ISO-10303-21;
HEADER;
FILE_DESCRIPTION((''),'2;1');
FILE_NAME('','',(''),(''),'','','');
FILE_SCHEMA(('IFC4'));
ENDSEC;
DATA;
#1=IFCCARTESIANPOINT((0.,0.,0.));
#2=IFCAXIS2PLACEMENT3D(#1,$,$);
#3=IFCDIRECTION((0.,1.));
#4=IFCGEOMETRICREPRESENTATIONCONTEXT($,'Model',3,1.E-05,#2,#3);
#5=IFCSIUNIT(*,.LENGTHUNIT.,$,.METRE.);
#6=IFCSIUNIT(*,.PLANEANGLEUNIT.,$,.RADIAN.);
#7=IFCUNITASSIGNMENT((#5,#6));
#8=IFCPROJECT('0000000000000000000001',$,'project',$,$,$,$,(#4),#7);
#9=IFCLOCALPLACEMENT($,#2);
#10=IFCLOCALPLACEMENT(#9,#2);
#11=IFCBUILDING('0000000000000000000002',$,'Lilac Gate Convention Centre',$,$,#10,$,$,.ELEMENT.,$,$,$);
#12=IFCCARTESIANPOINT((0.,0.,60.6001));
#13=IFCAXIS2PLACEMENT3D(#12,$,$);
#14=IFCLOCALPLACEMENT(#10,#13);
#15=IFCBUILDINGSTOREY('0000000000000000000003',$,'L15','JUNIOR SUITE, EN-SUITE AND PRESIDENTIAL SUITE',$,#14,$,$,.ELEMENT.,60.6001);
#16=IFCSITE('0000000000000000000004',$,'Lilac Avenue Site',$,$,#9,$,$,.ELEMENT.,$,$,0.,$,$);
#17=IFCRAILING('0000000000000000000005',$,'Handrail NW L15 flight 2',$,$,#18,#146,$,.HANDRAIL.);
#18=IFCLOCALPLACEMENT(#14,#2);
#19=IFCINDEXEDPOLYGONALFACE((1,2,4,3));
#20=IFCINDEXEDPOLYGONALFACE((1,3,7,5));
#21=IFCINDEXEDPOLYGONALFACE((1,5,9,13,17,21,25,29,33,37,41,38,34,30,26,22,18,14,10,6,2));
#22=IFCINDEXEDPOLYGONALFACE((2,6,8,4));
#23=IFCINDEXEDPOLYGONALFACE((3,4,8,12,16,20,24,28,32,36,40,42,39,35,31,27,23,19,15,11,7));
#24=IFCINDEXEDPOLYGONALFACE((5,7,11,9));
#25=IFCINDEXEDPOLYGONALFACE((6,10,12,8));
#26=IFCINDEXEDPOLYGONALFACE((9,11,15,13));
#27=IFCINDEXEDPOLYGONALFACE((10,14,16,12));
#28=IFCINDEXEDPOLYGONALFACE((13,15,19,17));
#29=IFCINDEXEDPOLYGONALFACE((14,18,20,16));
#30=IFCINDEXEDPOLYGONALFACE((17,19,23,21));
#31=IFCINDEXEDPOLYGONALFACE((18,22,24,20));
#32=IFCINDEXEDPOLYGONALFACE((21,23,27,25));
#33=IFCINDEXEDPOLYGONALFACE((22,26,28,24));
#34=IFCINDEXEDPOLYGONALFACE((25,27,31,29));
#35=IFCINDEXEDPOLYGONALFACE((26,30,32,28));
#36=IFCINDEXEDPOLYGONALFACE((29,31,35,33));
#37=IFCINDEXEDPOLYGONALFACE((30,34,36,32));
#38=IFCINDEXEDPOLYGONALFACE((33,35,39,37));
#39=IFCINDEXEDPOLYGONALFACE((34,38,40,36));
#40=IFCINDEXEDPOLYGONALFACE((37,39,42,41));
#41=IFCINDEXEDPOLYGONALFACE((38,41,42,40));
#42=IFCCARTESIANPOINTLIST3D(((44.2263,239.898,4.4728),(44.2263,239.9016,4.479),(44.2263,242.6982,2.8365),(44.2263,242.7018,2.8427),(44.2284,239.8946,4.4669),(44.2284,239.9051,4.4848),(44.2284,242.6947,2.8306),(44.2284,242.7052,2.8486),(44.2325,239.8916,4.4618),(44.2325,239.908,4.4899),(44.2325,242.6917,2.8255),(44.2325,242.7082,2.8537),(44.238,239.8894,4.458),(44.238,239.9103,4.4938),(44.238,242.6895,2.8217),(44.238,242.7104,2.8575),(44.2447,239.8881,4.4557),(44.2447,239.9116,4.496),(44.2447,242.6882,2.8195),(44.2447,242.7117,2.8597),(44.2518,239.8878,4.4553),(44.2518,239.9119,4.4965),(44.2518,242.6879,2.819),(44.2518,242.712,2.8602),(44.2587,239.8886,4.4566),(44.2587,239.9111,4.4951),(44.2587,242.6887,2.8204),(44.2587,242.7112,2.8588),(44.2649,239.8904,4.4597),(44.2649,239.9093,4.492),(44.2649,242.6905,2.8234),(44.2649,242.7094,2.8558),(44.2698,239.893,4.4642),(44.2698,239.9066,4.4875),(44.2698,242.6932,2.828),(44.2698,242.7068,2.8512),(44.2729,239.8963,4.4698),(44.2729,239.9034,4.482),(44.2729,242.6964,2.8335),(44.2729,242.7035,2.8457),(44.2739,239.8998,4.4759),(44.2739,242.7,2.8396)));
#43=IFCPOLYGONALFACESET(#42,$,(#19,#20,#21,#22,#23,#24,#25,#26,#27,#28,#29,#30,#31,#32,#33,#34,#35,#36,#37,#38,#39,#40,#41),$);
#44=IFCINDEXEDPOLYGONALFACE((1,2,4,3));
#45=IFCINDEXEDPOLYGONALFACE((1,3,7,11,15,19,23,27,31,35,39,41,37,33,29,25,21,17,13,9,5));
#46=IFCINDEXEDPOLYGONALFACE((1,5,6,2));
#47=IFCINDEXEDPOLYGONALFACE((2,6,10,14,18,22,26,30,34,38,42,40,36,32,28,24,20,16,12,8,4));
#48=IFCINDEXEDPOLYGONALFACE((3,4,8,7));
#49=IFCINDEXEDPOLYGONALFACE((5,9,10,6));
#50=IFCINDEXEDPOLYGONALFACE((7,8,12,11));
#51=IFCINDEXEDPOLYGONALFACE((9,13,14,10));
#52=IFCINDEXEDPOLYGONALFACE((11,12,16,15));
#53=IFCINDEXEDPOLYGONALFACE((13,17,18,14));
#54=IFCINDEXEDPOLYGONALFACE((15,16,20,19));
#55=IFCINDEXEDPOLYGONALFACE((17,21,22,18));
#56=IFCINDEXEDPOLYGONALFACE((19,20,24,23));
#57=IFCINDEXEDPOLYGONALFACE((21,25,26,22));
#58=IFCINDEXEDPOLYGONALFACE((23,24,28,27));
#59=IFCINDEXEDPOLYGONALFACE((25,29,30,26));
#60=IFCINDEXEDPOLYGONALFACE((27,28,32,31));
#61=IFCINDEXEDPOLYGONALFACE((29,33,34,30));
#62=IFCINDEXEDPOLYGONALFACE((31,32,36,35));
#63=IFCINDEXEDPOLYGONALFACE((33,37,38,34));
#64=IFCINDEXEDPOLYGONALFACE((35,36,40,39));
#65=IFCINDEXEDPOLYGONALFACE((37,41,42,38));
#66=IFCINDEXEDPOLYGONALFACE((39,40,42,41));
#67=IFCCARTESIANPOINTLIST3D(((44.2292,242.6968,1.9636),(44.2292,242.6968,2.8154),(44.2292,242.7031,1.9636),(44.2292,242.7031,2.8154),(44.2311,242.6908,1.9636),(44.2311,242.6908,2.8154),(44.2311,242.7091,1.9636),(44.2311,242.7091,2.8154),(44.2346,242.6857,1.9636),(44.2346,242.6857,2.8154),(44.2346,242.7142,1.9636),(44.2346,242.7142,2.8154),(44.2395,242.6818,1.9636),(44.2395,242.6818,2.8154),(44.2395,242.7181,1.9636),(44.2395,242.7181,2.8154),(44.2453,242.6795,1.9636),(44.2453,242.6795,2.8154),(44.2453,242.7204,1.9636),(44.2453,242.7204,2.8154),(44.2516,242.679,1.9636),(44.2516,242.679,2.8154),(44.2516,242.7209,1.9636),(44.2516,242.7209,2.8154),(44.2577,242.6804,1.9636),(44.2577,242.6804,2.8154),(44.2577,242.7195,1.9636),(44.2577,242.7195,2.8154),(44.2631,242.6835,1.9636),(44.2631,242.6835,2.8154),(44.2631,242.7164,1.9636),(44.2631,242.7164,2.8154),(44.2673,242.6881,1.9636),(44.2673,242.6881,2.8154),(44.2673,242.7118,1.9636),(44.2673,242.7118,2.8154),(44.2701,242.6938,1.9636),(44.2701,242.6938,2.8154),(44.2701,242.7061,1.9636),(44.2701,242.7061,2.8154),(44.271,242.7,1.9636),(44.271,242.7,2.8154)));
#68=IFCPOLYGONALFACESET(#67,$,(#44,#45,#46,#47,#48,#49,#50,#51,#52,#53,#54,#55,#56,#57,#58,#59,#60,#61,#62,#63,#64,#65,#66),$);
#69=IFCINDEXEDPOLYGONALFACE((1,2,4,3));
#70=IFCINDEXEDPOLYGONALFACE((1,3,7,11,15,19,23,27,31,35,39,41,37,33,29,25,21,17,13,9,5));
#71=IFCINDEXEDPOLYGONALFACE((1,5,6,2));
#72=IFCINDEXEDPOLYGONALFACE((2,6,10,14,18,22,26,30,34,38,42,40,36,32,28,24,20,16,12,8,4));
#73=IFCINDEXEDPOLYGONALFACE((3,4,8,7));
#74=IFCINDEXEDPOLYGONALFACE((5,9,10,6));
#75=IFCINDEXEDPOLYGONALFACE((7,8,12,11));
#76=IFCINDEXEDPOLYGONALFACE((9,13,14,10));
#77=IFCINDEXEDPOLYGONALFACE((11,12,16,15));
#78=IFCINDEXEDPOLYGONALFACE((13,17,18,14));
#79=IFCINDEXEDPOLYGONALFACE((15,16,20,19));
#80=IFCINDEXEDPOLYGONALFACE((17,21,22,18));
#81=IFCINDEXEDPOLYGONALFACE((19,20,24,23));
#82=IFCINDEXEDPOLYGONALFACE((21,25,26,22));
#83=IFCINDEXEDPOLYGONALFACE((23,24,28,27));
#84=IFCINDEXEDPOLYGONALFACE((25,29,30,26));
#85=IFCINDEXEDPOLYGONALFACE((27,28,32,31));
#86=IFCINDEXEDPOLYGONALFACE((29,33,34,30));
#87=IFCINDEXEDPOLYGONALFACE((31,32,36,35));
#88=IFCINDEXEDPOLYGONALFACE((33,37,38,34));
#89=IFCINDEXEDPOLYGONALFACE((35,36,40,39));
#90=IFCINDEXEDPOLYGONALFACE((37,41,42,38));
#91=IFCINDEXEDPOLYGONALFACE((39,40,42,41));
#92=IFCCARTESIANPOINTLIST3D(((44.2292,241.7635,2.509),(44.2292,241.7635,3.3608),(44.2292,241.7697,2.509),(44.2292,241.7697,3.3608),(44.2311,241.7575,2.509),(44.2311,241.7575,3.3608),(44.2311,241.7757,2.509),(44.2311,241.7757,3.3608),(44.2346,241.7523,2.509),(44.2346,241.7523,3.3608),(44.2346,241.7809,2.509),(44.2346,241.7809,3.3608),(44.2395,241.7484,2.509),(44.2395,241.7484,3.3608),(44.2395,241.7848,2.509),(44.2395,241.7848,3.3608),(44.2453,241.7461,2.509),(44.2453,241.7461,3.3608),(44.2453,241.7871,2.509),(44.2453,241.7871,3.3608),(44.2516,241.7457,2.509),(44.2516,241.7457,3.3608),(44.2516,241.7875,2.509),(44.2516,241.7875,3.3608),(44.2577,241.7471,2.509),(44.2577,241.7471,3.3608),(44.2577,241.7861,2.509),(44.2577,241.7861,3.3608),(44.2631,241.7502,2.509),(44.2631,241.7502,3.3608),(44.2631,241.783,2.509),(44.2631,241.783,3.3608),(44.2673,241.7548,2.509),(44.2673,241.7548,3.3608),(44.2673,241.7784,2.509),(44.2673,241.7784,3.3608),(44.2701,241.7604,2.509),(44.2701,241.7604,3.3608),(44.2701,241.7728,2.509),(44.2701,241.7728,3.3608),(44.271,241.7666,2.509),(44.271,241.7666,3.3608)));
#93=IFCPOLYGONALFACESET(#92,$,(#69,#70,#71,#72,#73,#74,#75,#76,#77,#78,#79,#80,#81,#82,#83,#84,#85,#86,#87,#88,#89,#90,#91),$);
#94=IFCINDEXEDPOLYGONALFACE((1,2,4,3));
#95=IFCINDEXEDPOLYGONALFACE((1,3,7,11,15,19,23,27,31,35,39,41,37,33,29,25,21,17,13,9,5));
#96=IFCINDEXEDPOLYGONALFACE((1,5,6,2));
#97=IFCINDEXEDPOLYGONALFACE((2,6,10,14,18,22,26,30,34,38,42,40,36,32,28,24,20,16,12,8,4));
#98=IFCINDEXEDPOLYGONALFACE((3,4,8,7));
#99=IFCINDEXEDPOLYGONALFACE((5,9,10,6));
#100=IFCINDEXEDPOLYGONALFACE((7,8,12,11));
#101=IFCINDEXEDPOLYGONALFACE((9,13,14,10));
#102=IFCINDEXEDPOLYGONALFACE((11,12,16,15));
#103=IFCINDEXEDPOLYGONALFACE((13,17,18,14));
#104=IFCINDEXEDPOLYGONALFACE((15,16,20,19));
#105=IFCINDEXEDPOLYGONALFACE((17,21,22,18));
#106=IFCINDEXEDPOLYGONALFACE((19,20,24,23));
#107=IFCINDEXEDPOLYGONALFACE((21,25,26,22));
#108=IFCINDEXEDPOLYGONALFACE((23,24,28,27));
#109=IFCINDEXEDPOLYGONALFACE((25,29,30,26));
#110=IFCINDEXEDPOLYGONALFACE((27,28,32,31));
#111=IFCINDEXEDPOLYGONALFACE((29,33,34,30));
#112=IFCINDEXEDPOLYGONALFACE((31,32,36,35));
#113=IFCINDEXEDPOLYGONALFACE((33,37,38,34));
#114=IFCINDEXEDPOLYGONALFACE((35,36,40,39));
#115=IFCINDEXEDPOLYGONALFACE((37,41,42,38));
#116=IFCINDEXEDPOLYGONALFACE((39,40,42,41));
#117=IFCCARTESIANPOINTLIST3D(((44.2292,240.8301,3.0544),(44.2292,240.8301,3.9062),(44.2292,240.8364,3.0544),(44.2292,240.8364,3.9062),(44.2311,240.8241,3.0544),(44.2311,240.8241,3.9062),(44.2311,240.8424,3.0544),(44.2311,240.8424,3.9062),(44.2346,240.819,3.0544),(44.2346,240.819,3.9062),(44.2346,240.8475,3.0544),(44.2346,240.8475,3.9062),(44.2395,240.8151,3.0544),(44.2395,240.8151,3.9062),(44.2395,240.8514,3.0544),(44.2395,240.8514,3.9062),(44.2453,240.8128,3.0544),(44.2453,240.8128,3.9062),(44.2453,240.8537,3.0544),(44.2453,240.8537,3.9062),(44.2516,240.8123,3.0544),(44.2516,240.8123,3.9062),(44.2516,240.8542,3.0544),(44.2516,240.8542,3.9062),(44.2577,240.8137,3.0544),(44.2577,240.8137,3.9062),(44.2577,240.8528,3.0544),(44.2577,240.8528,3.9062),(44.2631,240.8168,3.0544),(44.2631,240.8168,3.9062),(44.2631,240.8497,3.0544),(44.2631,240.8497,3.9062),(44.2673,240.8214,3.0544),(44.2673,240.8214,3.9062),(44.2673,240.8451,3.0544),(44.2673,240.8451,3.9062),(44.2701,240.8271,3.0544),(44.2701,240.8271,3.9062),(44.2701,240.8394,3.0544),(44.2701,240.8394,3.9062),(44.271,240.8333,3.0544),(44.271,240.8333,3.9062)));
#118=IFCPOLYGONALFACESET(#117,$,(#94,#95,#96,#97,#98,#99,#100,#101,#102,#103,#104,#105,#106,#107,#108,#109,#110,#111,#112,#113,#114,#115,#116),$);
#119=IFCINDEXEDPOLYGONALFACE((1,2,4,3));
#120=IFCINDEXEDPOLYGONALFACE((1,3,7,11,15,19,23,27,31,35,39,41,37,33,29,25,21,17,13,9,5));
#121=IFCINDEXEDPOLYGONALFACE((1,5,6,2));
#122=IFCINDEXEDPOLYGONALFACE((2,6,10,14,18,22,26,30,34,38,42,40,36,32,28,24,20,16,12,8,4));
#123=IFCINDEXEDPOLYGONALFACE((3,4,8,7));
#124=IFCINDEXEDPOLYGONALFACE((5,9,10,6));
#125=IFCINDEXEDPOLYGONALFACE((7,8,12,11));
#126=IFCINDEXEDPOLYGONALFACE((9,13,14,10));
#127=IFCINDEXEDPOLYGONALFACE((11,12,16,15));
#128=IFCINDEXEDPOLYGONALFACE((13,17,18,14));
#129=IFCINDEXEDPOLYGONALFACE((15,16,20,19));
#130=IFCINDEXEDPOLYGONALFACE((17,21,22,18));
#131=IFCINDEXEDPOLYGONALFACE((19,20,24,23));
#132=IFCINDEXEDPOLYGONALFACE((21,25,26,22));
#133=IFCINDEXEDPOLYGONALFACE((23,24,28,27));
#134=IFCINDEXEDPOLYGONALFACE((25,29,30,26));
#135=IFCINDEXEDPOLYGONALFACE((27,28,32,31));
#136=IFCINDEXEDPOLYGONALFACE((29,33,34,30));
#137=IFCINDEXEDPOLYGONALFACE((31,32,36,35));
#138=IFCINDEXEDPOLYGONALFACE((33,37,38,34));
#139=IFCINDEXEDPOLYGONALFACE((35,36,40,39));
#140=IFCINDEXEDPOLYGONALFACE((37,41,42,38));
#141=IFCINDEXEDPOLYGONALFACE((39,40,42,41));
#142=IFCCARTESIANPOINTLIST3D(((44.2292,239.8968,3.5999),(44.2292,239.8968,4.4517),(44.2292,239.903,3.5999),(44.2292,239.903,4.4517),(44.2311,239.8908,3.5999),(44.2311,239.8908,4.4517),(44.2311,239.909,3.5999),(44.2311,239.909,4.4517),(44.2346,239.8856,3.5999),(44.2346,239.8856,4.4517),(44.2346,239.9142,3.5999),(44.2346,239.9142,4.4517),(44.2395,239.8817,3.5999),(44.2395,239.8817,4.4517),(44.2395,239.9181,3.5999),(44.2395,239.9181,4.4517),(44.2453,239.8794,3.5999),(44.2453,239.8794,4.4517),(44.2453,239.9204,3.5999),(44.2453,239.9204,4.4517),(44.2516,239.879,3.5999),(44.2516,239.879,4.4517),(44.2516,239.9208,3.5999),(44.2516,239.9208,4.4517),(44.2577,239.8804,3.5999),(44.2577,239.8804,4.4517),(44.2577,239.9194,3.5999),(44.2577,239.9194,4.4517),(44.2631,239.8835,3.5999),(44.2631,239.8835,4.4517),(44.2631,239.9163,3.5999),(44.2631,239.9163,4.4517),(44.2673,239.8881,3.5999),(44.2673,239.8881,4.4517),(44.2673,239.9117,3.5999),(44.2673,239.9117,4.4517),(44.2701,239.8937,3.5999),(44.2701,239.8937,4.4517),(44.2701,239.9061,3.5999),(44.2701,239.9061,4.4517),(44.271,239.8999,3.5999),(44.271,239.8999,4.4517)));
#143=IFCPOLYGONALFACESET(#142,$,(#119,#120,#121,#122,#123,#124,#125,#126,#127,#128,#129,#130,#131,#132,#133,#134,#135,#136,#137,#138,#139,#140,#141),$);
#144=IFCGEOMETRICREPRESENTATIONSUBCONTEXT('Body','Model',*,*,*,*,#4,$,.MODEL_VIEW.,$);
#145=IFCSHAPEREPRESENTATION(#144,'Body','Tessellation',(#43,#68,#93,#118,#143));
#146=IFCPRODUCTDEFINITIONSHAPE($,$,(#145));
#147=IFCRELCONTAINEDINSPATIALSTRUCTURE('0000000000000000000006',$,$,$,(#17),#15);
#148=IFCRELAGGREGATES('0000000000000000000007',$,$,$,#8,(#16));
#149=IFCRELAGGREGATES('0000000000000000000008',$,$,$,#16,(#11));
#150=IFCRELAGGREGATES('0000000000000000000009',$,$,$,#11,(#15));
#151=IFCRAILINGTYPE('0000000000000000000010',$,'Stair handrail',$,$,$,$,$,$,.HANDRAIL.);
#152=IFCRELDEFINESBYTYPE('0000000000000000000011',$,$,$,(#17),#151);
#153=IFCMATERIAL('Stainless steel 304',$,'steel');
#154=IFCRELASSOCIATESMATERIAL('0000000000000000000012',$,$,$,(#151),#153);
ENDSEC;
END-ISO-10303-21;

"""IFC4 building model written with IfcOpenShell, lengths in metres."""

from ifc_helpers import new_model, si_unit, direction, frame, origin, origin_2d, place, context, subcontext, project, spatial, circle, extrude, material, type_object, element, save


model = new_model("IFC4")

# Units and contexts
model_context = context("Model", 3, precision=1e-05, world=origin(), true_north=direction((0.0, 1.0)))
body_context = subcontext(model_context, "Body", "Model", "MODEL_VIEW")
ifc_project = project(units=[si_unit("LENGTHUNIT", "METRE"), si_unit("PLANEANGLEUNIT", "RADIAN")], contexts=[model_context])

# Site, building, storey
site_placement = place(None, origin())
site = spatial("IfcSite", under=ifc_project, at=site_placement, Name="Lilac Avenue Site", CompositionType="ELEMENT", RefElevation=0.0)
building_placement = place(site_placement, origin())
building = spatial("IfcBuilding", under=site, at=building_placement, Name="Lilac Gate Convention Centre", CompositionType="ELEMENT")
storey_placement = place(building_placement, frame((0.0, 0.0, 60.6001)))
storey = spatial("IfcBuildingStorey", under=building, at=storey_placement, Name="L15", Description="JUNIOR SUITE, EN-SUITE AND PRESIDENTIAL SUITE", CompositionType="ELEMENT", Elevation=60.6001)

# Railing
ifc_material_1 = material(Name="Stainless steel 304", Category="steel")
railing_type = type_object("IfcRailingType", Name="Stair handrail", PredefinedType="HANDRAIL", material=ifc_material_1)
for number, where, name in (
    (1, (44.25, 242.7, 1.9636), "Handrail NW L15 flight 2"),
):
    element("IfcRailing", number, at=place(storey_placement, frame(where)), inside=storey, type_object=railing_type, Name=name, PredefinedType="HANDRAIL", context=body_context, shape_type="SweptSolid", body=[
        extrude(circle(Radius=0.0239, at=origin_2d()), frame((0.0, 0.0, 0.876), z_axis=(0.0, -0.863394, 0.504531), x_axis=(1.0, 0.0, 0.0)), (0.0, 0.0, 1.0), 3.2432),
        extrude(circle(Radius=0.021, at=origin_2d()), origin(), (0.0, 0.0, 1.0), 0.8518),
        extrude(circle(Radius=0.021, at=origin_2d()), frame((0.0, -0.9333, 0.5454)), (0.0, 0.0, 1.0), 0.8518),
        extrude(circle(Radius=0.021, at=origin_2d()), frame((0.0, -1.8667, 1.0908)), (0.0, 0.0, 1.0), 0.8518),
        extrude(circle(Radius=0.021, at=origin_2d()), frame((0.0, -2.8, 1.6362)), (0.0, 0.0, 1.0), 0.8518),
    ])

save(model, "model.ifc")
